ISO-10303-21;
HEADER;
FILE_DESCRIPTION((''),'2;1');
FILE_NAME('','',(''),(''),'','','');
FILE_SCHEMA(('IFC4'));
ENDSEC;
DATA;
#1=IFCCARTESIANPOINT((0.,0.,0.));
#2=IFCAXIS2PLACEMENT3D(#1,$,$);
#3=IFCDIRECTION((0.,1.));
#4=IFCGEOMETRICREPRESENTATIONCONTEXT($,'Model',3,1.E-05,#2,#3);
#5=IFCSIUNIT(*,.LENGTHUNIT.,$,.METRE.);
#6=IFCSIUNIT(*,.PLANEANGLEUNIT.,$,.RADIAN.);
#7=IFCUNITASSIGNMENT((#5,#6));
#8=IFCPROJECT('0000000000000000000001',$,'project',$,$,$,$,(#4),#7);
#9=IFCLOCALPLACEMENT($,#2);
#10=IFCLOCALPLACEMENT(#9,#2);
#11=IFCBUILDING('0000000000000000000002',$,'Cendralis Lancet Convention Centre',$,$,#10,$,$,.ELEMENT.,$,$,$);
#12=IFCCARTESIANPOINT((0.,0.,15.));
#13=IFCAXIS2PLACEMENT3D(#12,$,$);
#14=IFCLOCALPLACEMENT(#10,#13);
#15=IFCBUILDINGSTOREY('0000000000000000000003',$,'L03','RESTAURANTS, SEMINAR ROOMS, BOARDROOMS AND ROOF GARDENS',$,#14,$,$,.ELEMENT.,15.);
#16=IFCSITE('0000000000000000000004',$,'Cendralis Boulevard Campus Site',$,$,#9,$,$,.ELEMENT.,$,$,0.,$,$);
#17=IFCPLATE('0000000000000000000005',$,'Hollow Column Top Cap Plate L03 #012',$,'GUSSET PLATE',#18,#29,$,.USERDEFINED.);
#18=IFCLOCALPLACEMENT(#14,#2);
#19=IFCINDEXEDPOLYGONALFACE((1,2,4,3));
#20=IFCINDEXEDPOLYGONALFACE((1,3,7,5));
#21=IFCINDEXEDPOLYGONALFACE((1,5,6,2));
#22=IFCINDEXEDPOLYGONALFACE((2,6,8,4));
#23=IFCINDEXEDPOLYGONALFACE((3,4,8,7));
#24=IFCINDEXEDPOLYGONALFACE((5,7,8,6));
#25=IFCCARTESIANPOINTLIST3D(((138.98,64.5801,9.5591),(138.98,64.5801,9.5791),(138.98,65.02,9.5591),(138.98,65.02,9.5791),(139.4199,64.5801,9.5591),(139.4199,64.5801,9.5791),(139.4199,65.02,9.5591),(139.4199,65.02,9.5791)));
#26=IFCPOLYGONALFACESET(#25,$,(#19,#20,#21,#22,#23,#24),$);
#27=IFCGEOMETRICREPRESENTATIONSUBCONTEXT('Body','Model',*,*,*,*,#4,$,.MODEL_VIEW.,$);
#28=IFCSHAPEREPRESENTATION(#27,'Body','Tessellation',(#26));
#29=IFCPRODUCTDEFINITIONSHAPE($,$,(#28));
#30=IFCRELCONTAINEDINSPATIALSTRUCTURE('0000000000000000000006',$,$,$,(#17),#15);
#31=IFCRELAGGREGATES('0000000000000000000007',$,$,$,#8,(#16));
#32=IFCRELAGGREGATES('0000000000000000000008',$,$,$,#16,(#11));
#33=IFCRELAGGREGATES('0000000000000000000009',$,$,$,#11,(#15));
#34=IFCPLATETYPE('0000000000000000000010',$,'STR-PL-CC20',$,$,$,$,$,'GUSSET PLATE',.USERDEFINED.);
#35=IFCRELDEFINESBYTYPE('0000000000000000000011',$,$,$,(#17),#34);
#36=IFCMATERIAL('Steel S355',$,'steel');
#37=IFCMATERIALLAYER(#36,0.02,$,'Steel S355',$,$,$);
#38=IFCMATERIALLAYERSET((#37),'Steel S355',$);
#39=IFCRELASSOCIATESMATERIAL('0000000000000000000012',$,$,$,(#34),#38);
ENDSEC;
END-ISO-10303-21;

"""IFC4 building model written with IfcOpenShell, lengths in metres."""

from ifc_helpers import new_model, si_unit, direction, frame, origin, origin_2d, place, context, subcontext, project, spatial, rectangle, extrude, material, layer, layer_set, type_object, element, save


model = new_model("IFC4")

# Units and contexts
model_context = context("Model", 3, precision=1e-05, world=origin(), true_north=direction((0.0, 1.0)))
body_context = subcontext(model_context, "Body", "Model", "MODEL_VIEW")
ifc_project = project(units=[si_unit("LENGTHUNIT", "METRE"), si_unit("PLANEANGLEUNIT", "RADIAN")], contexts=[model_context])

# Site, building, storey
site_placement = place(None, origin())
site = spatial("IfcSite", under=ifc_project, at=site_placement, Name="Cendralis Boulevard Campus Site", CompositionType="ELEMENT", RefElevation=0.0)
building_placement = place(site_placement, origin())
building = spatial("IfcBuilding", under=site, at=building_placement, Name="Cendralis Lancet Convention Centre", CompositionType="ELEMENT")
storey_placement = place(building_placement, frame((0.0, 0.0, 15.0)))
storey = spatial("IfcBuildingStorey", under=building, at=storey_placement, Name="L03", Description="RESTAURANTS, SEMINAR ROOMS, BOARDROOMS AND ROOF GARDENS", CompositionType="ELEMENT", Elevation=15.0)

# Shared definitions
ifc_material_1 = material(Name="Steel S355", Category="steel")

# Plate
ifc_layer_1 = layer(ifc_material_1, 0.02, Name="Steel S355")
ifc_layer_set_1 = layer_set([ifc_layer_1], Name="Steel S355")
plate_type_1 = type_object("IfcPlateType", Name="STR-PL-CC20", ElementType="GUSSET PLATE", PredefinedType="USERDEFINED", material=ifc_layer_set_1)
plate_1_placement = place(storey_placement, frame((139.2, 64.8, 9.5591), z_axis=(0.0, 0.0, 1.0), x_axis=(1.0, 0.0, 0.0)))
element("IfcPlate", 1, at=plate_1_placement, inside=storey, type_object=plate_type_1, Name="Hollow Column Top Cap Plate L03 #012", ObjectType="GUSSET PLATE", PredefinedType="USERDEFINED", context=body_context, shape_type="SweptSolid", body=[
    extrude(rectangle(XDim=0.4399, YDim=0.4399, at=origin_2d()), origin(), (0.0, 0.0, 1.0), 0.02),
])

save(model, "model.ifc")
